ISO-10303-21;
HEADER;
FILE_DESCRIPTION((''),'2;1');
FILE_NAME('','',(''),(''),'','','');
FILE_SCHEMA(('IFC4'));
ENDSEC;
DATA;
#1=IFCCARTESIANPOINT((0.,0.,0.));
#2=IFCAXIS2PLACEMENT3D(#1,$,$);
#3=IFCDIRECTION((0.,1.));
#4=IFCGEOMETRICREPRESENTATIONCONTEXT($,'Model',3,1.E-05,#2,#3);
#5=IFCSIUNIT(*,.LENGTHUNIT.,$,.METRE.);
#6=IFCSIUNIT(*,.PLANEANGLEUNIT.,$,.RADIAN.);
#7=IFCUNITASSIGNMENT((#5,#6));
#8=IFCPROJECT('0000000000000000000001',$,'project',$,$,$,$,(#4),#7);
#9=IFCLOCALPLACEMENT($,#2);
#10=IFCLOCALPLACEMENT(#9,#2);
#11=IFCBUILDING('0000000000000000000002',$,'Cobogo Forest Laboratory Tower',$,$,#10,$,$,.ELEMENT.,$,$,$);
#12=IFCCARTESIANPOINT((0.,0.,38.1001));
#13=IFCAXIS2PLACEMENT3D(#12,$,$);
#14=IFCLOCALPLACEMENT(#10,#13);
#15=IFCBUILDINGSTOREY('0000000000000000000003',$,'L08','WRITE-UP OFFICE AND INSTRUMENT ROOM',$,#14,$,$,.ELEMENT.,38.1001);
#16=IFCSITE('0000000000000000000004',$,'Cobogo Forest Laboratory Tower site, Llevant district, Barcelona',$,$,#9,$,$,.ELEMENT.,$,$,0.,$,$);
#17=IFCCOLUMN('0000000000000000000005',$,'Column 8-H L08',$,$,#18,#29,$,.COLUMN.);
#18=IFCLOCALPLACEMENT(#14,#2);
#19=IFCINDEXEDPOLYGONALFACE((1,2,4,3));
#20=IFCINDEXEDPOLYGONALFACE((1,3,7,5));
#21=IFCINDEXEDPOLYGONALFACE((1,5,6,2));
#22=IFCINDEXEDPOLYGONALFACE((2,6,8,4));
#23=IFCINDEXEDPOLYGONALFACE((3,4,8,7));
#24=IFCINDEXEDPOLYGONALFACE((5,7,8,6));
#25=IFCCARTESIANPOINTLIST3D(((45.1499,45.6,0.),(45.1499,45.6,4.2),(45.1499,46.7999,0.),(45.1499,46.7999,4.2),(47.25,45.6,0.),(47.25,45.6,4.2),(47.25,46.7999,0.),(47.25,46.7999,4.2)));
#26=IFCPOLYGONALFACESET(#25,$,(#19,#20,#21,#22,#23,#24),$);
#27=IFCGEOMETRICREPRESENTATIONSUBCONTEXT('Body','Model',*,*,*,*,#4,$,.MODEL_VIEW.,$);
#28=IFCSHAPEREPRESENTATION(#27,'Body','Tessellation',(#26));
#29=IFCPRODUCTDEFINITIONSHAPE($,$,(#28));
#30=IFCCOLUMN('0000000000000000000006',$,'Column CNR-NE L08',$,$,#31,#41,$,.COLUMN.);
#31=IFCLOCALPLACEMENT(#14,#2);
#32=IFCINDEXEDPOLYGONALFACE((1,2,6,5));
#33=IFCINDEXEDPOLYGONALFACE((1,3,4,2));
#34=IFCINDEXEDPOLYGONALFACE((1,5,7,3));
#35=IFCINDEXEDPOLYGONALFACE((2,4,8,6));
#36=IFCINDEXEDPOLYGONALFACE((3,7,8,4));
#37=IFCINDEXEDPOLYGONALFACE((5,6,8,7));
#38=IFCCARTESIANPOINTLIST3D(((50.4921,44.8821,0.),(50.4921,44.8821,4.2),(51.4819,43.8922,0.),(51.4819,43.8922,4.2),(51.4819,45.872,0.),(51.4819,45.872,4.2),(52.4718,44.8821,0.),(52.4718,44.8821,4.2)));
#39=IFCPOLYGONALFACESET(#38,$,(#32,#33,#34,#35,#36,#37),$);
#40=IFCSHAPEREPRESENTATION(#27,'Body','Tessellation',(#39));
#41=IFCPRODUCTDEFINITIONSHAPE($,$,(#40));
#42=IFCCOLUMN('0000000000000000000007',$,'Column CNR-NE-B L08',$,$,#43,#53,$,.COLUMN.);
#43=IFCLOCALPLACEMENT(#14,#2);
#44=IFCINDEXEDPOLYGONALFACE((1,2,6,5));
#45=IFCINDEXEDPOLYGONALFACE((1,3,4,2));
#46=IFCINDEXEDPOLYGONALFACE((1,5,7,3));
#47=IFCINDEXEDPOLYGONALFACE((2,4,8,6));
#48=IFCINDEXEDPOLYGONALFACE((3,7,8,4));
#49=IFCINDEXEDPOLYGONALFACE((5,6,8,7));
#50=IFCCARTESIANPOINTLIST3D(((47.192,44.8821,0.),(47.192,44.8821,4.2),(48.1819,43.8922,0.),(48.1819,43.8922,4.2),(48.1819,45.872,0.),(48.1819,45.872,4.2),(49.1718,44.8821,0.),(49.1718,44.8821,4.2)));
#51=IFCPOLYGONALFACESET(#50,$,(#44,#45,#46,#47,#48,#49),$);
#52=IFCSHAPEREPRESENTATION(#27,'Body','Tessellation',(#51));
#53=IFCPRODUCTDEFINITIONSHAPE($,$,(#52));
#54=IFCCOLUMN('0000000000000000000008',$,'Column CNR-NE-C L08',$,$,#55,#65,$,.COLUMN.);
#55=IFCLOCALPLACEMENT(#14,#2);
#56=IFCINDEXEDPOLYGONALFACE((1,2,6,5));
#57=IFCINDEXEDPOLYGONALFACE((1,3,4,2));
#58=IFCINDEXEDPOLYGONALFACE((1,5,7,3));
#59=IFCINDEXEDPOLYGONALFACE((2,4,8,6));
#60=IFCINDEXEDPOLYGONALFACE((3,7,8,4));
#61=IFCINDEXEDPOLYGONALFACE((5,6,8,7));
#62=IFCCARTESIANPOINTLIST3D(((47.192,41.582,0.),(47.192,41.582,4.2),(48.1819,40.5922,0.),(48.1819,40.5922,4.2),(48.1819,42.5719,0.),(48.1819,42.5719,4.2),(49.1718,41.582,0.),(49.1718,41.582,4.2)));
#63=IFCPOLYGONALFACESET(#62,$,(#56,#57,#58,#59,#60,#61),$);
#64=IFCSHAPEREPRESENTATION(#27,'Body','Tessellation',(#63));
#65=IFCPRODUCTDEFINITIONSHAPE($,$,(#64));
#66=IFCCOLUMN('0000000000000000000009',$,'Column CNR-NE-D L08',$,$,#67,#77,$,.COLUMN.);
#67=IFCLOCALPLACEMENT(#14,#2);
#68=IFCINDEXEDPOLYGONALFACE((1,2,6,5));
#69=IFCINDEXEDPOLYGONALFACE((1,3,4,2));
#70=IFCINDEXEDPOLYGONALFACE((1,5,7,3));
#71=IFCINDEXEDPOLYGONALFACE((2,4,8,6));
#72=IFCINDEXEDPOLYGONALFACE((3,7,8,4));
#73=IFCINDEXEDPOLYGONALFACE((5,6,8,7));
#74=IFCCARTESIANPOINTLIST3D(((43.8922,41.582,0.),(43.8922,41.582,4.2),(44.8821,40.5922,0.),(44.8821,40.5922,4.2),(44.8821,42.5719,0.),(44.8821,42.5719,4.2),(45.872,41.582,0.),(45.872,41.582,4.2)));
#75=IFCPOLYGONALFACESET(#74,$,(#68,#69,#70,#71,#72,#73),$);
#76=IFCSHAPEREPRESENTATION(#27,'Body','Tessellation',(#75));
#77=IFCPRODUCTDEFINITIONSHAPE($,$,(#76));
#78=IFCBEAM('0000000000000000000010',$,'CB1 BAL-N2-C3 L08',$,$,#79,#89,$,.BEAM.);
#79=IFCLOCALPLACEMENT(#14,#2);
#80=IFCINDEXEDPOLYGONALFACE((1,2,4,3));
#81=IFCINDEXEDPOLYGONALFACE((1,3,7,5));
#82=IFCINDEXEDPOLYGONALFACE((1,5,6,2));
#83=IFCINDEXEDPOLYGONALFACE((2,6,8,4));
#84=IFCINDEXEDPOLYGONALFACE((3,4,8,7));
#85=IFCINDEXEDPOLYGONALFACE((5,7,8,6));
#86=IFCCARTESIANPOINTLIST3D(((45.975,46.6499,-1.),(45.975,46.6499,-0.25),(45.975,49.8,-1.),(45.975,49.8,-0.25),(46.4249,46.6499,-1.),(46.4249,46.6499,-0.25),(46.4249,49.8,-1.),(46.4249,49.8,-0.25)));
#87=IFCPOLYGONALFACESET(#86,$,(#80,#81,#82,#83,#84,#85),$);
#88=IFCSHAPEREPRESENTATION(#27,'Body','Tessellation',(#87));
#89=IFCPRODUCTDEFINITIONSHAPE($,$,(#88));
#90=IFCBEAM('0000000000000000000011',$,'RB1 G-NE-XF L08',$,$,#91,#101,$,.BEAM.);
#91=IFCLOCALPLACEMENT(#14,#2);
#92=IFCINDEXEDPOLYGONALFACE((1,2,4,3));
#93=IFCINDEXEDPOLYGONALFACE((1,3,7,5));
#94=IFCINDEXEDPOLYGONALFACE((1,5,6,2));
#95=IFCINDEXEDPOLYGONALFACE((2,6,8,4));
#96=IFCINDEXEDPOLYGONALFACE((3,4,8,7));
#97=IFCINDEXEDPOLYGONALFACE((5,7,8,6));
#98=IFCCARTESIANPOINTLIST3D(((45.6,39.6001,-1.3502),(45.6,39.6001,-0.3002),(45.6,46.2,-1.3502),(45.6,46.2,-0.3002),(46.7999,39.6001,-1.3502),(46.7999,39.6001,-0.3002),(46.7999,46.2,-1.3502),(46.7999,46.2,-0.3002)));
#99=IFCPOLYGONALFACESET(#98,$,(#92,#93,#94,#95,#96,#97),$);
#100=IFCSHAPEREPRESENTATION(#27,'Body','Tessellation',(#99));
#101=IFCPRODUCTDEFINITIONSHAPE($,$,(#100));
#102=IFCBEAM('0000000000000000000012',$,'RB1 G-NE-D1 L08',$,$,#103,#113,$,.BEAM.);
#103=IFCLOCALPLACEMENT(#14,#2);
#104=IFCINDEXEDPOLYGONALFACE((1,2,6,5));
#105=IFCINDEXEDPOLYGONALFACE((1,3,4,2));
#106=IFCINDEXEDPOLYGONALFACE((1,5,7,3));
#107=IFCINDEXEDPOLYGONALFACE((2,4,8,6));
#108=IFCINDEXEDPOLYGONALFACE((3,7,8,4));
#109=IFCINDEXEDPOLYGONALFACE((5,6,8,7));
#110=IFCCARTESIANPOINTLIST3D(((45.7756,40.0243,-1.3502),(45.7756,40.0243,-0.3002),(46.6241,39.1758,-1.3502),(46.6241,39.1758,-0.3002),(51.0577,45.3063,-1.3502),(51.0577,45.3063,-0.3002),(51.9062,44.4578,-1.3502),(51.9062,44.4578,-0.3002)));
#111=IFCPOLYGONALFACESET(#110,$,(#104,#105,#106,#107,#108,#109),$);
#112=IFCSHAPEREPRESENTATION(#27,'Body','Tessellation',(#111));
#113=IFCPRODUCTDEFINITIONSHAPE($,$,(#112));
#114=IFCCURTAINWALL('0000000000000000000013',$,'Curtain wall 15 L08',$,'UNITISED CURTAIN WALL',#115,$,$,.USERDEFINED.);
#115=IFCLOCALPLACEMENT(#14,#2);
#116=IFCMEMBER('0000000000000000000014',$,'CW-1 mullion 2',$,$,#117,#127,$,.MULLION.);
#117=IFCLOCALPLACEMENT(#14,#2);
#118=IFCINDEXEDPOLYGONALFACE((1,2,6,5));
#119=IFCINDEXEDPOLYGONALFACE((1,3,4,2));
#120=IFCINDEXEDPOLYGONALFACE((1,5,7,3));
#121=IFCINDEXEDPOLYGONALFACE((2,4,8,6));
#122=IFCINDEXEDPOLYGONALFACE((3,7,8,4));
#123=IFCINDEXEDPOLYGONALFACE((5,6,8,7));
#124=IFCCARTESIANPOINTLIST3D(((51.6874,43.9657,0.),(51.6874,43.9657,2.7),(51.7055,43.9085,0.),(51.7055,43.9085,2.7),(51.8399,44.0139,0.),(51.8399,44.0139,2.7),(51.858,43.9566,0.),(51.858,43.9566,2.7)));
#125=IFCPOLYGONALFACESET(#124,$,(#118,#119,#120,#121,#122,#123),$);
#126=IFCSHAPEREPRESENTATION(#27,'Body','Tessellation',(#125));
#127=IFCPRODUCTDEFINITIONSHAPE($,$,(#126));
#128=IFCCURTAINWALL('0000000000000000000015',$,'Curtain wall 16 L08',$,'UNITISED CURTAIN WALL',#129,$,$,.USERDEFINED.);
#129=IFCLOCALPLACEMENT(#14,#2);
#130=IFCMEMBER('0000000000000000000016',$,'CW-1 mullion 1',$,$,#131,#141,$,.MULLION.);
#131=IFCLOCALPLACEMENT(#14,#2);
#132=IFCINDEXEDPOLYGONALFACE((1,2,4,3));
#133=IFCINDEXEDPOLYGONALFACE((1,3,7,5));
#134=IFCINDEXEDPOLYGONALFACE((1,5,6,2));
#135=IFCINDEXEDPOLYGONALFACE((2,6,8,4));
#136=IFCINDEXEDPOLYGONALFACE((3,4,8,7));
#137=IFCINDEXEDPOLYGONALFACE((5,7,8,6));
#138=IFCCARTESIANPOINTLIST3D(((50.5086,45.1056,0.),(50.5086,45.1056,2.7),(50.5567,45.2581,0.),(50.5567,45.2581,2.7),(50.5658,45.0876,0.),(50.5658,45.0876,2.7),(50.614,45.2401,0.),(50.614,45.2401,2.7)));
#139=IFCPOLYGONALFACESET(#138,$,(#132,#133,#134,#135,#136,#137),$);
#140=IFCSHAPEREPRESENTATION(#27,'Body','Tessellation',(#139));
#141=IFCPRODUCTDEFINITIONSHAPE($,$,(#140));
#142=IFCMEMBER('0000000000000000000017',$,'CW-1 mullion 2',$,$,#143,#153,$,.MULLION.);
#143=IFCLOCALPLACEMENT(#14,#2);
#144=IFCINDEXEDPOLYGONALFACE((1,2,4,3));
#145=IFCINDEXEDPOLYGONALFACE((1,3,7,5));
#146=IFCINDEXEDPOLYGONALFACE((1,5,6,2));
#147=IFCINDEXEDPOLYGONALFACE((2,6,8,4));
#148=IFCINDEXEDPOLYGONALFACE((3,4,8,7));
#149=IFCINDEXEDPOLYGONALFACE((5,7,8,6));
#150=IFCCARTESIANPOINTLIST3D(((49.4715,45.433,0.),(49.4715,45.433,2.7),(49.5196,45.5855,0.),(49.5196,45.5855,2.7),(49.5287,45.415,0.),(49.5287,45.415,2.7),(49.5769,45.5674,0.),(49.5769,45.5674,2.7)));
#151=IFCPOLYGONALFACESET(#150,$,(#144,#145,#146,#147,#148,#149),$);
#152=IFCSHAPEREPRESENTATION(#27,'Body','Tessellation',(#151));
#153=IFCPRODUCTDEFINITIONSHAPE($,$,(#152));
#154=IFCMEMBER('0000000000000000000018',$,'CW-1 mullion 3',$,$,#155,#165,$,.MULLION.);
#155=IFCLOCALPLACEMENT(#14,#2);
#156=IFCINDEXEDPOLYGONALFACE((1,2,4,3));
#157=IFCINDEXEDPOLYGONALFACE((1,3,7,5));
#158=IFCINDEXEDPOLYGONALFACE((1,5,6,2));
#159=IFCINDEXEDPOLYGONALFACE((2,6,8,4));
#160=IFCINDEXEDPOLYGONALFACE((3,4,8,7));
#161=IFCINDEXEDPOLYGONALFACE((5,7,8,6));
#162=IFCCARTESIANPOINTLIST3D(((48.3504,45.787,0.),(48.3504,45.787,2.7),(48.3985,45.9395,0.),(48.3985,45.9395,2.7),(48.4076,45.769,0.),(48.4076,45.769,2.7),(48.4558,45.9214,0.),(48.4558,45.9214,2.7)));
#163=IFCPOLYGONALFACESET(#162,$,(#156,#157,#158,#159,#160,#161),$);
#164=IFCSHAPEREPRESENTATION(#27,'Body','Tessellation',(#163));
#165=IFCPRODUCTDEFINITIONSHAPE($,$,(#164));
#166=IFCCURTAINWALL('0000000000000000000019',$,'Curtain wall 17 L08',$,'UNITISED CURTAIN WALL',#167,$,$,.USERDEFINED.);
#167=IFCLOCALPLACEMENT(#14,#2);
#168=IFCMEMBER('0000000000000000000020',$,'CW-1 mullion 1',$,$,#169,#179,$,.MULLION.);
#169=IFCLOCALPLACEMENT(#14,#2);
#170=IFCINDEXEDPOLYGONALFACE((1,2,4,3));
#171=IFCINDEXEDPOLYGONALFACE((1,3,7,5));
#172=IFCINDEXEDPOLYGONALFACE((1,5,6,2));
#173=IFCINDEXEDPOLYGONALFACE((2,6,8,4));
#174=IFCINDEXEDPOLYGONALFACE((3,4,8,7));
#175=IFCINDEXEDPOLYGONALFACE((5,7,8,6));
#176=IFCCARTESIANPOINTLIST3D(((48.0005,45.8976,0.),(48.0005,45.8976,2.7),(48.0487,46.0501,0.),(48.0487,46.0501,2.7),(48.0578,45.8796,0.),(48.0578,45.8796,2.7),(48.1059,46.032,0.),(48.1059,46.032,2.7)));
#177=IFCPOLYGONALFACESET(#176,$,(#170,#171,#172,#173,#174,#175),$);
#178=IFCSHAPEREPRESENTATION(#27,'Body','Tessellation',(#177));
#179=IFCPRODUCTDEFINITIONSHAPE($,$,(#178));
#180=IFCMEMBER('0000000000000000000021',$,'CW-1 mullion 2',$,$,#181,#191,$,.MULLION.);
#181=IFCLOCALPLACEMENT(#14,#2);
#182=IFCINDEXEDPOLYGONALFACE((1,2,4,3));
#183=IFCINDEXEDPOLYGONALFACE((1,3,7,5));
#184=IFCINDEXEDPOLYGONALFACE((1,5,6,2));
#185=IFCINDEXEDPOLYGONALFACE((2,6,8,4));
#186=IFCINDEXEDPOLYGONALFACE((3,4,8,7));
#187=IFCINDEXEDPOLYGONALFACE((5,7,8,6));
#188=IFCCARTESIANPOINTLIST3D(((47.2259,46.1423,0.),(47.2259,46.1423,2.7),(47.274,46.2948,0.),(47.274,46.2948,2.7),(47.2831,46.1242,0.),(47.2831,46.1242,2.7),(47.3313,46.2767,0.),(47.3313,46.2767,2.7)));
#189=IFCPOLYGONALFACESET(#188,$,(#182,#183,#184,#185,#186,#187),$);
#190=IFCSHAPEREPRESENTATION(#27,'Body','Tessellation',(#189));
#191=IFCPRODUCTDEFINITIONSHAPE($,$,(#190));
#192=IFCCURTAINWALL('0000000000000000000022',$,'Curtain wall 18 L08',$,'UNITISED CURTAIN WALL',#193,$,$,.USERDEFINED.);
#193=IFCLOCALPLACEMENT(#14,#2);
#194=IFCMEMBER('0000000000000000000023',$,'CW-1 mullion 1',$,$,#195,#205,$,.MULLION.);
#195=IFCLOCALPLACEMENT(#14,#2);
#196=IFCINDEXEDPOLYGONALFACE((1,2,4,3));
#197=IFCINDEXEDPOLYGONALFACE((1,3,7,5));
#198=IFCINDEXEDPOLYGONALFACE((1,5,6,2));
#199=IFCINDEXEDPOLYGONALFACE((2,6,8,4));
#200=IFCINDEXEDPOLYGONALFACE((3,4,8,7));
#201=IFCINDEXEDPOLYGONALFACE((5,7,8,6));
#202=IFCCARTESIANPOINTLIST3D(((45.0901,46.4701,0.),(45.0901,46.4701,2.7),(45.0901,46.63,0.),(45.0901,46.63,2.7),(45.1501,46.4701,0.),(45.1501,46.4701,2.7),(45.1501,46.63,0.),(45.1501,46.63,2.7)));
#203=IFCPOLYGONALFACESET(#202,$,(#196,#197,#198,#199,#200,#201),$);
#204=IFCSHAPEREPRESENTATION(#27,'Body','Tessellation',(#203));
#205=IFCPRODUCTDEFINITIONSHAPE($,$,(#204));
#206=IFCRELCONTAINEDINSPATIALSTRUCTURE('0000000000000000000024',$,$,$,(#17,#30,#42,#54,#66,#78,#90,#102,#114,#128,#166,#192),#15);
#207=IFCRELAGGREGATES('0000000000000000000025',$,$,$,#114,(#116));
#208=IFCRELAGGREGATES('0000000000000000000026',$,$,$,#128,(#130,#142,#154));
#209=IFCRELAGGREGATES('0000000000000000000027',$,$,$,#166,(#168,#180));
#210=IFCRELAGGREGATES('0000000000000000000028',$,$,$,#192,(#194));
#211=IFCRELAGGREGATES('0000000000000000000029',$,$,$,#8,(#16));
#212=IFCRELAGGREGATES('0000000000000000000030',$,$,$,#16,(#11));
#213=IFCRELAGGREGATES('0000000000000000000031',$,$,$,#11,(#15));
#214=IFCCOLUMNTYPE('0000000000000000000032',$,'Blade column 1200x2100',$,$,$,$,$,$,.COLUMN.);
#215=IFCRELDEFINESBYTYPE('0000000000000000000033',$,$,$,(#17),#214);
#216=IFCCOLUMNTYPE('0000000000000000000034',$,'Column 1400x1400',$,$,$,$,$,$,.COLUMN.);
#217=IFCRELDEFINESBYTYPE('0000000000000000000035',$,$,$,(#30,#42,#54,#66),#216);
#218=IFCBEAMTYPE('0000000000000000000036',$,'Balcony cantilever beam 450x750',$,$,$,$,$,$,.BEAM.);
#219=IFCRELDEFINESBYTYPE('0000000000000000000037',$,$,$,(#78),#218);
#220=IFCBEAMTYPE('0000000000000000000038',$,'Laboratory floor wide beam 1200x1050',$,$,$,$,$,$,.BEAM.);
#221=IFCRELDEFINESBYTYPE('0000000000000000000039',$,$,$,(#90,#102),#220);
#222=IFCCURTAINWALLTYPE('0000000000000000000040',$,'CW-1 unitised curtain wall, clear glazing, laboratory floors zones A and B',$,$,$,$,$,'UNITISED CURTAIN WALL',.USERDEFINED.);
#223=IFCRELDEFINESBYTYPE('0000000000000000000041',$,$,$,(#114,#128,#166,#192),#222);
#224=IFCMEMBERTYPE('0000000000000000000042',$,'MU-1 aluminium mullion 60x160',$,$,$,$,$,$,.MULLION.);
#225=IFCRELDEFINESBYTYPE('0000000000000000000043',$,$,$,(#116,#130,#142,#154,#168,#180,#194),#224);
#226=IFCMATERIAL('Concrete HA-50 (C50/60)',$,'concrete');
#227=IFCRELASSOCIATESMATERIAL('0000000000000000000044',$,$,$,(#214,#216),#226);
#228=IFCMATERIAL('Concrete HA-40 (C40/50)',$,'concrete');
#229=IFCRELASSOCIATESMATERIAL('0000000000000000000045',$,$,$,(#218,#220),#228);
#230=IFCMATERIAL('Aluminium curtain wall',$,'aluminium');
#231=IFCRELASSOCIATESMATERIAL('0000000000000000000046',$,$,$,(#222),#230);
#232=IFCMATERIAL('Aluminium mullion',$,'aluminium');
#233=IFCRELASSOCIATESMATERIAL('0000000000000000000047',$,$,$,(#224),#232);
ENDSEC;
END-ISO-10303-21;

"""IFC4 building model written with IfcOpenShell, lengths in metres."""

from ifc_helpers import new_model, si_unit, direction, frame, origin, origin_2d, place, context, subcontext, project, spatial, rectangle, extrude, material, material_profile, profile_set, type_object, element, aggregate, save


model = new_model("IFC4")

# Units and contexts
model_context = context("Model", 3, precision=1e-05, world=origin(), true_north=direction((0.0, 1.0)))
body_context = subcontext(model_context, "Body", "Model", "MODEL_VIEW")
ifc_project = project(units=[si_unit("LENGTHUNIT", "METRE"), si_unit("PLANEANGLEUNIT", "RADIAN")], contexts=[model_context])

# Site, building, storey
site_placement = place(None, origin())
site = spatial("IfcSite", under=ifc_project, at=site_placement, Name="Cobogo Forest Laboratory Tower site, Llevant district, Barcelona", CompositionType="ELEMENT", RefElevation=0.0)
building_placement = place(site_placement, origin())
building = spatial("IfcBuilding", under=site, at=building_placement, Name="Cobogo Forest Laboratory Tower", CompositionType="ELEMENT")
storey_placement = place(building_placement, frame((0.0, 0.0, 38.1001)))
storey = spatial("IfcBuildingStorey", under=building, at=storey_placement, Name="L08", Description="WRITE-UP OFFICE AND INSTRUMENT ROOM", CompositionType="ELEMENT", Elevation=38.1001)

# Columns
ifc_material_1 = material(Name="Concrete HA-50 (C50/60)", Category="concrete")
ifc_material_profile_1 = material_profile(ifc_material_1, rectangle(XDim=2.1001, YDim=1.2, at=origin_2d()), Name="RC 1200x2100")
ifc_profile_set_1 = profile_set([ifc_material_profile_1], Name="Concrete HA-50 (C50/60)")
column_type_1 = type_object("IfcColumnType", Name="Blade column 1200x2100", PredefinedType="COLUMN", material=ifc_profile_set_1)
column_placement = place(storey_placement, frame((46.2, 46.2, 0.0), z_axis=(0.0, 0.0, 1.0), x_axis=(1.0, 0.0, 0.0)))
element("IfcColumn", 1, at=column_placement, inside=storey, type_object=column_type_1, Name="Column 8-H L08", PredefinedType="COLUMN", context=body_context, shape_type="SweptSolid", body=[
    extrude(rectangle(XDim=2.1001, YDim=1.2, at=origin_2d()), origin(), (0.0, 0.0, 1.0), 4.2),
])
ifc_material_profile_2 = material_profile(ifc_material_1, rectangle(XDim=1.3999, YDim=1.3999, at=origin_2d()), Name="RC 1400x1400")
ifc_profile_set_2 = profile_set([ifc_material_profile_2], Name="Concrete HA-50 (C50/60)")
column_type_2 = type_object("IfcColumnType", Name="Column 1400x1400", PredefinedType="COLUMN", material=ifc_profile_set_2)
for number, where, z_axis, x_axis, name in (
    (2, (51.4819, 44.8821, 0.0), (0.0, 0.0, 1.0), (0.707107, 0.707107, 0.0), "Column CNR-NE L08"),
    (3, (48.1819, 44.8821, 0.0), (0.0, 0.0, 1.0), (0.707107, 0.707107, 0.0), "Column CNR-NE-B L08"),
    (4, (48.1819, 41.582, 0.0), (0.0, 0.0, 1.0), (0.707107, 0.707107, 0.0), "Column CNR-NE-C L08"),
    (5, (44.8821, 41.582, 0.0), (0.0, 0.0, 1.0), (0.707107, 0.707107, 0.0), "Column CNR-NE-D L08"),
):
    element("IfcColumn", number, at=place(storey_placement, frame(where, z_axis=z_axis, x_axis=x_axis)), inside=storey, type_object=column_type_2, Name=name, PredefinedType="COLUMN", context=body_context, shape_type="SweptSolid", body=[
        extrude(rectangle(XDim=1.3999, YDim=1.3999, at=origin_2d()), origin(), (0.0, 0.0, 1.0), 4.2),
    ])

# Beams
ifc_material_2 = material(Name="Concrete HA-40 (C40/50)", Category="concrete")
ifc_material_profile_3 = material_profile(ifc_material_2, rectangle(XDim=0.45, YDim=0.75, at=origin_2d()), Name="RC 450x750")
ifc_profile_set_3 = profile_set([ifc_material_profile_3], Name="Concrete HA-40 (C40/50)")
beam_type_1 = type_object("IfcBeamType", Name="Balcony cantilever beam 450x750", PredefinedType="BEAM", material=ifc_profile_set_3)
beam_1_placement = place(storey_placement, frame((46.2, 46.6499, -0.625), z_axis=(0.0, 1.0, 0.0), x_axis=(-1.0, 0.0, 0.0)))
element("IfcBeam", 6, at=beam_1_placement, inside=storey, type_object=beam_type_1, Name="CB1 BAL-N2-C3 L08", PredefinedType="BEAM", context=body_context, shape_type="SweptSolid", body=[
    extrude(rectangle(XDim=0.45, YDim=0.75, at=origin_2d()), origin(), (0.0, 0.0, 1.0), 3.1501),
])
ifc_material_profile_4 = material_profile(ifc_material_2, rectangle(XDim=1.2, YDim=1.05, at=origin_2d()), Name="RC 1200x1050")
ifc_profile_set_4 = profile_set([ifc_material_profile_4], Name="Concrete HA-40 (C40/50)")
beam_type_2 = type_object("IfcBeamType", Name="Laboratory floor wide beam 1200x1050", PredefinedType="BEAM", material=ifc_profile_set_4)
beam_2_placement = place(storey_placement, frame((46.2, 46.2, -0.8252), z_axis=(0.0, -1.0, 0.0), x_axis=(1.0, 0.0, 0.0)))
element("IfcBeam", 7, at=beam_2_placement, inside=storey, type_object=beam_type_2, Name="RB1 G-NE-XF L08", PredefinedType="BEAM", context=body_context, shape_type="SweptSolid", body=[
    extrude(rectangle(XDim=1.2, YDim=1.05, at=origin_2d()), origin(), (0.0, 0.0, 1.0), 6.5999),
])
beam_3_placement = place(storey_placement, frame((51.4819, 44.8821, -0.8252), z_axis=(-0.707107, -0.707107, 0.0), x_axis=(0.707107, -0.707107, 0.0)))
element("IfcBeam", 8, at=beam_3_placement, inside=storey, type_object=beam_type_2, Name="RB1 G-NE-D1 L08", PredefinedType="BEAM", context=body_context, shape_type="SweptSolid", body=[
    extrude(rectangle(XDim=1.2, YDim=1.05, at=origin_2d()), origin(), (0.0, 0.0, 1.0), 7.47),
])

# Curtain wall, member
ifc_material_3 = material(Name="Aluminium curtain wall", Category="aluminium")
curtain_wall_type = type_object("IfcCurtainWallType", Name="CW-1 unitised curtain wall, clear glazing, laboratory floors zones A and B", ElementType="UNITISED CURTAIN WALL", PredefinedType="USERDEFINED", material=ifc_material_3)
curtain_wall_1_placement = place(storey_placement, origin())
curtain_wall_1 = element("IfcCurtainWall", 9, at=curtain_wall_1_placement, inside=storey, type_object=curtain_wall_type, Name="Curtain wall 15 L08", ObjectType="UNITISED CURTAIN WALL", PredefinedType="USERDEFINED")
ifc_material_4 = material(Name="Aluminium mullion", Category="aluminium")
ifc_material_profile_5 = material_profile(ifc_material_4, rectangle(XDim=0.0601, YDim=0.1599, at=origin_2d()), Name="AL 60x160")
ifc_profile_set_5 = profile_set([ifc_material_profile_5], Name="Aluminium mullion")
member_type_1 = type_object("IfcMemberType", Name="MU-1 aluminium mullion 60x160", PredefinedType="MULLION", material=ifc_profile_set_5)
member_1_placement = place(storey_placement, frame((51.7727, 43.9612, 0.0), z_axis=(0.0, 0.0, 1.0), x_axis=(-0.301135, 0.953581, 0.0)))
member_1 = element("IfcMember", 10, at=member_1_placement, type_object=member_type_1, Name="CW-1 mullion 2", PredefinedType="MULLION", context=body_context, shape_type="SweptSolid", body=[
    extrude(rectangle(XDim=0.0601, YDim=0.1599, at=origin_2d()), origin(), (0.0, 0.0, 1.0), 2.7),
])

# Curtain walls, members
curtain_wall_2_placement = place(storey_placement, origin())
curtain_wall_2 = element("IfcCurtainWall", 11, at=curtain_wall_2_placement, inside=storey, type_object=curtain_wall_type, Name="Curtain wall 16 L08", ObjectType="UNITISED CURTAIN WALL", PredefinedType="USERDEFINED")
member_2_placement = place(storey_placement, frame((50.5613, 45.1729, 0.0), z_axis=(0.0, 0.0, 1.0), x_axis=(-0.953581, 0.301135, 0.0)))
member_2 = element("IfcMember", 12, at=member_2_placement, type_object=member_type_1, Name="CW-1 mullion 1", PredefinedType="MULLION", context=body_context, shape_type="SweptSolid", body=[
    extrude(rectangle(XDim=0.0601, YDim=0.1599, at=origin_2d()), origin(), (0.0, 0.0, 1.0), 2.7),
])
member_3_placement = place(storey_placement, frame((49.5242, 45.5002, 0.0), z_axis=(0.0, 0.0, 1.0), x_axis=(-0.953581, 0.301135, 0.0)))
member_3 = element("IfcMember", 13, at=member_3_placement, type_object=member_type_1, Name="CW-1 mullion 2", PredefinedType="MULLION", context=body_context, shape_type="SweptSolid", body=[
    extrude(rectangle(XDim=0.0601, YDim=0.1599, at=origin_2d()), origin(), (0.0, 0.0, 1.0), 2.7),
])
member_4_placement = place(storey_placement, frame((48.4031, 45.8542, 0.0), z_axis=(0.0, 0.0, 1.0), x_axis=(-0.953581, 0.301135, 0.0)))
member_4 = element("IfcMember", 14, at=member_4_placement, type_object=member_type_1, Name="CW-1 mullion 3", PredefinedType="MULLION", context=body_context, shape_type="SweptSolid", body=[
    extrude(rectangle(XDim=0.0601, YDim=0.1599, at=origin_2d()), origin(), (0.0, 0.0, 1.0), 2.7),
])
curtain_wall_3_placement = place(storey_placement, origin())
curtain_wall_3 = element("IfcCurtainWall", 15, at=curtain_wall_3_placement, inside=storey, type_object=curtain_wall_type, Name="Curtain wall 17 L08", ObjectType="UNITISED CURTAIN WALL", PredefinedType="USERDEFINED")
member_5_placement = place(storey_placement, frame((48.0532, 45.9648, 0.0), z_axis=(0.0, 0.0, 1.0), x_axis=(-0.953582, 0.301135, 0.0)))
member_5 = element("IfcMember", 16, at=member_5_placement, type_object=member_type_1, Name="CW-1 mullion 1", PredefinedType="MULLION", context=body_context, shape_type="SweptSolid", body=[
    extrude(rectangle(XDim=0.0601, YDim=0.1599, at=origin_2d()), origin(), (0.0, 0.0, 1.0), 2.7),
])
member_6_placement = place(storey_placement, frame((47.2786, 46.2095, 0.0), z_axis=(0.0, 0.0, 1.0), x_axis=(-0.953582, 0.301135, 0.0)))
member_6 = element("IfcMember", 17, at=member_6_placement, type_object=member_type_1, Name="CW-1 mullion 2", PredefinedType="MULLION", context=body_context, shape_type="SweptSolid", body=[
    extrude(rectangle(XDim=0.0601, YDim=0.1599, at=origin_2d()), origin(), (0.0, 0.0, 1.0), 2.7),
])
curtain_wall_4_placement = place(storey_placement, origin())
curtain_wall_4 = element("IfcCurtainWall", 18, at=curtain_wall_4_placement, inside=storey, type_object=curtain_wall_type, Name="Curtain wall 18 L08", ObjectType="UNITISED CURTAIN WALL", PredefinedType="USERDEFINED")
member_7_placement = place(storey_placement, frame((45.1201, 46.55, 0.0), z_axis=(0.0, 0.0, 1.0), x_axis=(-1.0, 0.0, 0.0)))
member_7 = element("IfcMember", 19, at=member_7_placement, type_object=member_type_1, Name="CW-1 mullion 1", PredefinedType="MULLION", context=body_context, shape_type="SweptSolid", body=[
    extrude(rectangle(XDim=0.0601, YDim=0.1599, at=origin_2d()), origin(), (0.0, 0.0, 1.0), 2.7),
])

aggregate(curtain_wall_1, [member_1])
aggregate(curtain_wall_2, [member_2, member_3, member_4])
aggregate(curtain_wall_3, [member_5, member_6])
aggregate(curtain_wall_4, [member_7])

save(model, "model.ifc")
